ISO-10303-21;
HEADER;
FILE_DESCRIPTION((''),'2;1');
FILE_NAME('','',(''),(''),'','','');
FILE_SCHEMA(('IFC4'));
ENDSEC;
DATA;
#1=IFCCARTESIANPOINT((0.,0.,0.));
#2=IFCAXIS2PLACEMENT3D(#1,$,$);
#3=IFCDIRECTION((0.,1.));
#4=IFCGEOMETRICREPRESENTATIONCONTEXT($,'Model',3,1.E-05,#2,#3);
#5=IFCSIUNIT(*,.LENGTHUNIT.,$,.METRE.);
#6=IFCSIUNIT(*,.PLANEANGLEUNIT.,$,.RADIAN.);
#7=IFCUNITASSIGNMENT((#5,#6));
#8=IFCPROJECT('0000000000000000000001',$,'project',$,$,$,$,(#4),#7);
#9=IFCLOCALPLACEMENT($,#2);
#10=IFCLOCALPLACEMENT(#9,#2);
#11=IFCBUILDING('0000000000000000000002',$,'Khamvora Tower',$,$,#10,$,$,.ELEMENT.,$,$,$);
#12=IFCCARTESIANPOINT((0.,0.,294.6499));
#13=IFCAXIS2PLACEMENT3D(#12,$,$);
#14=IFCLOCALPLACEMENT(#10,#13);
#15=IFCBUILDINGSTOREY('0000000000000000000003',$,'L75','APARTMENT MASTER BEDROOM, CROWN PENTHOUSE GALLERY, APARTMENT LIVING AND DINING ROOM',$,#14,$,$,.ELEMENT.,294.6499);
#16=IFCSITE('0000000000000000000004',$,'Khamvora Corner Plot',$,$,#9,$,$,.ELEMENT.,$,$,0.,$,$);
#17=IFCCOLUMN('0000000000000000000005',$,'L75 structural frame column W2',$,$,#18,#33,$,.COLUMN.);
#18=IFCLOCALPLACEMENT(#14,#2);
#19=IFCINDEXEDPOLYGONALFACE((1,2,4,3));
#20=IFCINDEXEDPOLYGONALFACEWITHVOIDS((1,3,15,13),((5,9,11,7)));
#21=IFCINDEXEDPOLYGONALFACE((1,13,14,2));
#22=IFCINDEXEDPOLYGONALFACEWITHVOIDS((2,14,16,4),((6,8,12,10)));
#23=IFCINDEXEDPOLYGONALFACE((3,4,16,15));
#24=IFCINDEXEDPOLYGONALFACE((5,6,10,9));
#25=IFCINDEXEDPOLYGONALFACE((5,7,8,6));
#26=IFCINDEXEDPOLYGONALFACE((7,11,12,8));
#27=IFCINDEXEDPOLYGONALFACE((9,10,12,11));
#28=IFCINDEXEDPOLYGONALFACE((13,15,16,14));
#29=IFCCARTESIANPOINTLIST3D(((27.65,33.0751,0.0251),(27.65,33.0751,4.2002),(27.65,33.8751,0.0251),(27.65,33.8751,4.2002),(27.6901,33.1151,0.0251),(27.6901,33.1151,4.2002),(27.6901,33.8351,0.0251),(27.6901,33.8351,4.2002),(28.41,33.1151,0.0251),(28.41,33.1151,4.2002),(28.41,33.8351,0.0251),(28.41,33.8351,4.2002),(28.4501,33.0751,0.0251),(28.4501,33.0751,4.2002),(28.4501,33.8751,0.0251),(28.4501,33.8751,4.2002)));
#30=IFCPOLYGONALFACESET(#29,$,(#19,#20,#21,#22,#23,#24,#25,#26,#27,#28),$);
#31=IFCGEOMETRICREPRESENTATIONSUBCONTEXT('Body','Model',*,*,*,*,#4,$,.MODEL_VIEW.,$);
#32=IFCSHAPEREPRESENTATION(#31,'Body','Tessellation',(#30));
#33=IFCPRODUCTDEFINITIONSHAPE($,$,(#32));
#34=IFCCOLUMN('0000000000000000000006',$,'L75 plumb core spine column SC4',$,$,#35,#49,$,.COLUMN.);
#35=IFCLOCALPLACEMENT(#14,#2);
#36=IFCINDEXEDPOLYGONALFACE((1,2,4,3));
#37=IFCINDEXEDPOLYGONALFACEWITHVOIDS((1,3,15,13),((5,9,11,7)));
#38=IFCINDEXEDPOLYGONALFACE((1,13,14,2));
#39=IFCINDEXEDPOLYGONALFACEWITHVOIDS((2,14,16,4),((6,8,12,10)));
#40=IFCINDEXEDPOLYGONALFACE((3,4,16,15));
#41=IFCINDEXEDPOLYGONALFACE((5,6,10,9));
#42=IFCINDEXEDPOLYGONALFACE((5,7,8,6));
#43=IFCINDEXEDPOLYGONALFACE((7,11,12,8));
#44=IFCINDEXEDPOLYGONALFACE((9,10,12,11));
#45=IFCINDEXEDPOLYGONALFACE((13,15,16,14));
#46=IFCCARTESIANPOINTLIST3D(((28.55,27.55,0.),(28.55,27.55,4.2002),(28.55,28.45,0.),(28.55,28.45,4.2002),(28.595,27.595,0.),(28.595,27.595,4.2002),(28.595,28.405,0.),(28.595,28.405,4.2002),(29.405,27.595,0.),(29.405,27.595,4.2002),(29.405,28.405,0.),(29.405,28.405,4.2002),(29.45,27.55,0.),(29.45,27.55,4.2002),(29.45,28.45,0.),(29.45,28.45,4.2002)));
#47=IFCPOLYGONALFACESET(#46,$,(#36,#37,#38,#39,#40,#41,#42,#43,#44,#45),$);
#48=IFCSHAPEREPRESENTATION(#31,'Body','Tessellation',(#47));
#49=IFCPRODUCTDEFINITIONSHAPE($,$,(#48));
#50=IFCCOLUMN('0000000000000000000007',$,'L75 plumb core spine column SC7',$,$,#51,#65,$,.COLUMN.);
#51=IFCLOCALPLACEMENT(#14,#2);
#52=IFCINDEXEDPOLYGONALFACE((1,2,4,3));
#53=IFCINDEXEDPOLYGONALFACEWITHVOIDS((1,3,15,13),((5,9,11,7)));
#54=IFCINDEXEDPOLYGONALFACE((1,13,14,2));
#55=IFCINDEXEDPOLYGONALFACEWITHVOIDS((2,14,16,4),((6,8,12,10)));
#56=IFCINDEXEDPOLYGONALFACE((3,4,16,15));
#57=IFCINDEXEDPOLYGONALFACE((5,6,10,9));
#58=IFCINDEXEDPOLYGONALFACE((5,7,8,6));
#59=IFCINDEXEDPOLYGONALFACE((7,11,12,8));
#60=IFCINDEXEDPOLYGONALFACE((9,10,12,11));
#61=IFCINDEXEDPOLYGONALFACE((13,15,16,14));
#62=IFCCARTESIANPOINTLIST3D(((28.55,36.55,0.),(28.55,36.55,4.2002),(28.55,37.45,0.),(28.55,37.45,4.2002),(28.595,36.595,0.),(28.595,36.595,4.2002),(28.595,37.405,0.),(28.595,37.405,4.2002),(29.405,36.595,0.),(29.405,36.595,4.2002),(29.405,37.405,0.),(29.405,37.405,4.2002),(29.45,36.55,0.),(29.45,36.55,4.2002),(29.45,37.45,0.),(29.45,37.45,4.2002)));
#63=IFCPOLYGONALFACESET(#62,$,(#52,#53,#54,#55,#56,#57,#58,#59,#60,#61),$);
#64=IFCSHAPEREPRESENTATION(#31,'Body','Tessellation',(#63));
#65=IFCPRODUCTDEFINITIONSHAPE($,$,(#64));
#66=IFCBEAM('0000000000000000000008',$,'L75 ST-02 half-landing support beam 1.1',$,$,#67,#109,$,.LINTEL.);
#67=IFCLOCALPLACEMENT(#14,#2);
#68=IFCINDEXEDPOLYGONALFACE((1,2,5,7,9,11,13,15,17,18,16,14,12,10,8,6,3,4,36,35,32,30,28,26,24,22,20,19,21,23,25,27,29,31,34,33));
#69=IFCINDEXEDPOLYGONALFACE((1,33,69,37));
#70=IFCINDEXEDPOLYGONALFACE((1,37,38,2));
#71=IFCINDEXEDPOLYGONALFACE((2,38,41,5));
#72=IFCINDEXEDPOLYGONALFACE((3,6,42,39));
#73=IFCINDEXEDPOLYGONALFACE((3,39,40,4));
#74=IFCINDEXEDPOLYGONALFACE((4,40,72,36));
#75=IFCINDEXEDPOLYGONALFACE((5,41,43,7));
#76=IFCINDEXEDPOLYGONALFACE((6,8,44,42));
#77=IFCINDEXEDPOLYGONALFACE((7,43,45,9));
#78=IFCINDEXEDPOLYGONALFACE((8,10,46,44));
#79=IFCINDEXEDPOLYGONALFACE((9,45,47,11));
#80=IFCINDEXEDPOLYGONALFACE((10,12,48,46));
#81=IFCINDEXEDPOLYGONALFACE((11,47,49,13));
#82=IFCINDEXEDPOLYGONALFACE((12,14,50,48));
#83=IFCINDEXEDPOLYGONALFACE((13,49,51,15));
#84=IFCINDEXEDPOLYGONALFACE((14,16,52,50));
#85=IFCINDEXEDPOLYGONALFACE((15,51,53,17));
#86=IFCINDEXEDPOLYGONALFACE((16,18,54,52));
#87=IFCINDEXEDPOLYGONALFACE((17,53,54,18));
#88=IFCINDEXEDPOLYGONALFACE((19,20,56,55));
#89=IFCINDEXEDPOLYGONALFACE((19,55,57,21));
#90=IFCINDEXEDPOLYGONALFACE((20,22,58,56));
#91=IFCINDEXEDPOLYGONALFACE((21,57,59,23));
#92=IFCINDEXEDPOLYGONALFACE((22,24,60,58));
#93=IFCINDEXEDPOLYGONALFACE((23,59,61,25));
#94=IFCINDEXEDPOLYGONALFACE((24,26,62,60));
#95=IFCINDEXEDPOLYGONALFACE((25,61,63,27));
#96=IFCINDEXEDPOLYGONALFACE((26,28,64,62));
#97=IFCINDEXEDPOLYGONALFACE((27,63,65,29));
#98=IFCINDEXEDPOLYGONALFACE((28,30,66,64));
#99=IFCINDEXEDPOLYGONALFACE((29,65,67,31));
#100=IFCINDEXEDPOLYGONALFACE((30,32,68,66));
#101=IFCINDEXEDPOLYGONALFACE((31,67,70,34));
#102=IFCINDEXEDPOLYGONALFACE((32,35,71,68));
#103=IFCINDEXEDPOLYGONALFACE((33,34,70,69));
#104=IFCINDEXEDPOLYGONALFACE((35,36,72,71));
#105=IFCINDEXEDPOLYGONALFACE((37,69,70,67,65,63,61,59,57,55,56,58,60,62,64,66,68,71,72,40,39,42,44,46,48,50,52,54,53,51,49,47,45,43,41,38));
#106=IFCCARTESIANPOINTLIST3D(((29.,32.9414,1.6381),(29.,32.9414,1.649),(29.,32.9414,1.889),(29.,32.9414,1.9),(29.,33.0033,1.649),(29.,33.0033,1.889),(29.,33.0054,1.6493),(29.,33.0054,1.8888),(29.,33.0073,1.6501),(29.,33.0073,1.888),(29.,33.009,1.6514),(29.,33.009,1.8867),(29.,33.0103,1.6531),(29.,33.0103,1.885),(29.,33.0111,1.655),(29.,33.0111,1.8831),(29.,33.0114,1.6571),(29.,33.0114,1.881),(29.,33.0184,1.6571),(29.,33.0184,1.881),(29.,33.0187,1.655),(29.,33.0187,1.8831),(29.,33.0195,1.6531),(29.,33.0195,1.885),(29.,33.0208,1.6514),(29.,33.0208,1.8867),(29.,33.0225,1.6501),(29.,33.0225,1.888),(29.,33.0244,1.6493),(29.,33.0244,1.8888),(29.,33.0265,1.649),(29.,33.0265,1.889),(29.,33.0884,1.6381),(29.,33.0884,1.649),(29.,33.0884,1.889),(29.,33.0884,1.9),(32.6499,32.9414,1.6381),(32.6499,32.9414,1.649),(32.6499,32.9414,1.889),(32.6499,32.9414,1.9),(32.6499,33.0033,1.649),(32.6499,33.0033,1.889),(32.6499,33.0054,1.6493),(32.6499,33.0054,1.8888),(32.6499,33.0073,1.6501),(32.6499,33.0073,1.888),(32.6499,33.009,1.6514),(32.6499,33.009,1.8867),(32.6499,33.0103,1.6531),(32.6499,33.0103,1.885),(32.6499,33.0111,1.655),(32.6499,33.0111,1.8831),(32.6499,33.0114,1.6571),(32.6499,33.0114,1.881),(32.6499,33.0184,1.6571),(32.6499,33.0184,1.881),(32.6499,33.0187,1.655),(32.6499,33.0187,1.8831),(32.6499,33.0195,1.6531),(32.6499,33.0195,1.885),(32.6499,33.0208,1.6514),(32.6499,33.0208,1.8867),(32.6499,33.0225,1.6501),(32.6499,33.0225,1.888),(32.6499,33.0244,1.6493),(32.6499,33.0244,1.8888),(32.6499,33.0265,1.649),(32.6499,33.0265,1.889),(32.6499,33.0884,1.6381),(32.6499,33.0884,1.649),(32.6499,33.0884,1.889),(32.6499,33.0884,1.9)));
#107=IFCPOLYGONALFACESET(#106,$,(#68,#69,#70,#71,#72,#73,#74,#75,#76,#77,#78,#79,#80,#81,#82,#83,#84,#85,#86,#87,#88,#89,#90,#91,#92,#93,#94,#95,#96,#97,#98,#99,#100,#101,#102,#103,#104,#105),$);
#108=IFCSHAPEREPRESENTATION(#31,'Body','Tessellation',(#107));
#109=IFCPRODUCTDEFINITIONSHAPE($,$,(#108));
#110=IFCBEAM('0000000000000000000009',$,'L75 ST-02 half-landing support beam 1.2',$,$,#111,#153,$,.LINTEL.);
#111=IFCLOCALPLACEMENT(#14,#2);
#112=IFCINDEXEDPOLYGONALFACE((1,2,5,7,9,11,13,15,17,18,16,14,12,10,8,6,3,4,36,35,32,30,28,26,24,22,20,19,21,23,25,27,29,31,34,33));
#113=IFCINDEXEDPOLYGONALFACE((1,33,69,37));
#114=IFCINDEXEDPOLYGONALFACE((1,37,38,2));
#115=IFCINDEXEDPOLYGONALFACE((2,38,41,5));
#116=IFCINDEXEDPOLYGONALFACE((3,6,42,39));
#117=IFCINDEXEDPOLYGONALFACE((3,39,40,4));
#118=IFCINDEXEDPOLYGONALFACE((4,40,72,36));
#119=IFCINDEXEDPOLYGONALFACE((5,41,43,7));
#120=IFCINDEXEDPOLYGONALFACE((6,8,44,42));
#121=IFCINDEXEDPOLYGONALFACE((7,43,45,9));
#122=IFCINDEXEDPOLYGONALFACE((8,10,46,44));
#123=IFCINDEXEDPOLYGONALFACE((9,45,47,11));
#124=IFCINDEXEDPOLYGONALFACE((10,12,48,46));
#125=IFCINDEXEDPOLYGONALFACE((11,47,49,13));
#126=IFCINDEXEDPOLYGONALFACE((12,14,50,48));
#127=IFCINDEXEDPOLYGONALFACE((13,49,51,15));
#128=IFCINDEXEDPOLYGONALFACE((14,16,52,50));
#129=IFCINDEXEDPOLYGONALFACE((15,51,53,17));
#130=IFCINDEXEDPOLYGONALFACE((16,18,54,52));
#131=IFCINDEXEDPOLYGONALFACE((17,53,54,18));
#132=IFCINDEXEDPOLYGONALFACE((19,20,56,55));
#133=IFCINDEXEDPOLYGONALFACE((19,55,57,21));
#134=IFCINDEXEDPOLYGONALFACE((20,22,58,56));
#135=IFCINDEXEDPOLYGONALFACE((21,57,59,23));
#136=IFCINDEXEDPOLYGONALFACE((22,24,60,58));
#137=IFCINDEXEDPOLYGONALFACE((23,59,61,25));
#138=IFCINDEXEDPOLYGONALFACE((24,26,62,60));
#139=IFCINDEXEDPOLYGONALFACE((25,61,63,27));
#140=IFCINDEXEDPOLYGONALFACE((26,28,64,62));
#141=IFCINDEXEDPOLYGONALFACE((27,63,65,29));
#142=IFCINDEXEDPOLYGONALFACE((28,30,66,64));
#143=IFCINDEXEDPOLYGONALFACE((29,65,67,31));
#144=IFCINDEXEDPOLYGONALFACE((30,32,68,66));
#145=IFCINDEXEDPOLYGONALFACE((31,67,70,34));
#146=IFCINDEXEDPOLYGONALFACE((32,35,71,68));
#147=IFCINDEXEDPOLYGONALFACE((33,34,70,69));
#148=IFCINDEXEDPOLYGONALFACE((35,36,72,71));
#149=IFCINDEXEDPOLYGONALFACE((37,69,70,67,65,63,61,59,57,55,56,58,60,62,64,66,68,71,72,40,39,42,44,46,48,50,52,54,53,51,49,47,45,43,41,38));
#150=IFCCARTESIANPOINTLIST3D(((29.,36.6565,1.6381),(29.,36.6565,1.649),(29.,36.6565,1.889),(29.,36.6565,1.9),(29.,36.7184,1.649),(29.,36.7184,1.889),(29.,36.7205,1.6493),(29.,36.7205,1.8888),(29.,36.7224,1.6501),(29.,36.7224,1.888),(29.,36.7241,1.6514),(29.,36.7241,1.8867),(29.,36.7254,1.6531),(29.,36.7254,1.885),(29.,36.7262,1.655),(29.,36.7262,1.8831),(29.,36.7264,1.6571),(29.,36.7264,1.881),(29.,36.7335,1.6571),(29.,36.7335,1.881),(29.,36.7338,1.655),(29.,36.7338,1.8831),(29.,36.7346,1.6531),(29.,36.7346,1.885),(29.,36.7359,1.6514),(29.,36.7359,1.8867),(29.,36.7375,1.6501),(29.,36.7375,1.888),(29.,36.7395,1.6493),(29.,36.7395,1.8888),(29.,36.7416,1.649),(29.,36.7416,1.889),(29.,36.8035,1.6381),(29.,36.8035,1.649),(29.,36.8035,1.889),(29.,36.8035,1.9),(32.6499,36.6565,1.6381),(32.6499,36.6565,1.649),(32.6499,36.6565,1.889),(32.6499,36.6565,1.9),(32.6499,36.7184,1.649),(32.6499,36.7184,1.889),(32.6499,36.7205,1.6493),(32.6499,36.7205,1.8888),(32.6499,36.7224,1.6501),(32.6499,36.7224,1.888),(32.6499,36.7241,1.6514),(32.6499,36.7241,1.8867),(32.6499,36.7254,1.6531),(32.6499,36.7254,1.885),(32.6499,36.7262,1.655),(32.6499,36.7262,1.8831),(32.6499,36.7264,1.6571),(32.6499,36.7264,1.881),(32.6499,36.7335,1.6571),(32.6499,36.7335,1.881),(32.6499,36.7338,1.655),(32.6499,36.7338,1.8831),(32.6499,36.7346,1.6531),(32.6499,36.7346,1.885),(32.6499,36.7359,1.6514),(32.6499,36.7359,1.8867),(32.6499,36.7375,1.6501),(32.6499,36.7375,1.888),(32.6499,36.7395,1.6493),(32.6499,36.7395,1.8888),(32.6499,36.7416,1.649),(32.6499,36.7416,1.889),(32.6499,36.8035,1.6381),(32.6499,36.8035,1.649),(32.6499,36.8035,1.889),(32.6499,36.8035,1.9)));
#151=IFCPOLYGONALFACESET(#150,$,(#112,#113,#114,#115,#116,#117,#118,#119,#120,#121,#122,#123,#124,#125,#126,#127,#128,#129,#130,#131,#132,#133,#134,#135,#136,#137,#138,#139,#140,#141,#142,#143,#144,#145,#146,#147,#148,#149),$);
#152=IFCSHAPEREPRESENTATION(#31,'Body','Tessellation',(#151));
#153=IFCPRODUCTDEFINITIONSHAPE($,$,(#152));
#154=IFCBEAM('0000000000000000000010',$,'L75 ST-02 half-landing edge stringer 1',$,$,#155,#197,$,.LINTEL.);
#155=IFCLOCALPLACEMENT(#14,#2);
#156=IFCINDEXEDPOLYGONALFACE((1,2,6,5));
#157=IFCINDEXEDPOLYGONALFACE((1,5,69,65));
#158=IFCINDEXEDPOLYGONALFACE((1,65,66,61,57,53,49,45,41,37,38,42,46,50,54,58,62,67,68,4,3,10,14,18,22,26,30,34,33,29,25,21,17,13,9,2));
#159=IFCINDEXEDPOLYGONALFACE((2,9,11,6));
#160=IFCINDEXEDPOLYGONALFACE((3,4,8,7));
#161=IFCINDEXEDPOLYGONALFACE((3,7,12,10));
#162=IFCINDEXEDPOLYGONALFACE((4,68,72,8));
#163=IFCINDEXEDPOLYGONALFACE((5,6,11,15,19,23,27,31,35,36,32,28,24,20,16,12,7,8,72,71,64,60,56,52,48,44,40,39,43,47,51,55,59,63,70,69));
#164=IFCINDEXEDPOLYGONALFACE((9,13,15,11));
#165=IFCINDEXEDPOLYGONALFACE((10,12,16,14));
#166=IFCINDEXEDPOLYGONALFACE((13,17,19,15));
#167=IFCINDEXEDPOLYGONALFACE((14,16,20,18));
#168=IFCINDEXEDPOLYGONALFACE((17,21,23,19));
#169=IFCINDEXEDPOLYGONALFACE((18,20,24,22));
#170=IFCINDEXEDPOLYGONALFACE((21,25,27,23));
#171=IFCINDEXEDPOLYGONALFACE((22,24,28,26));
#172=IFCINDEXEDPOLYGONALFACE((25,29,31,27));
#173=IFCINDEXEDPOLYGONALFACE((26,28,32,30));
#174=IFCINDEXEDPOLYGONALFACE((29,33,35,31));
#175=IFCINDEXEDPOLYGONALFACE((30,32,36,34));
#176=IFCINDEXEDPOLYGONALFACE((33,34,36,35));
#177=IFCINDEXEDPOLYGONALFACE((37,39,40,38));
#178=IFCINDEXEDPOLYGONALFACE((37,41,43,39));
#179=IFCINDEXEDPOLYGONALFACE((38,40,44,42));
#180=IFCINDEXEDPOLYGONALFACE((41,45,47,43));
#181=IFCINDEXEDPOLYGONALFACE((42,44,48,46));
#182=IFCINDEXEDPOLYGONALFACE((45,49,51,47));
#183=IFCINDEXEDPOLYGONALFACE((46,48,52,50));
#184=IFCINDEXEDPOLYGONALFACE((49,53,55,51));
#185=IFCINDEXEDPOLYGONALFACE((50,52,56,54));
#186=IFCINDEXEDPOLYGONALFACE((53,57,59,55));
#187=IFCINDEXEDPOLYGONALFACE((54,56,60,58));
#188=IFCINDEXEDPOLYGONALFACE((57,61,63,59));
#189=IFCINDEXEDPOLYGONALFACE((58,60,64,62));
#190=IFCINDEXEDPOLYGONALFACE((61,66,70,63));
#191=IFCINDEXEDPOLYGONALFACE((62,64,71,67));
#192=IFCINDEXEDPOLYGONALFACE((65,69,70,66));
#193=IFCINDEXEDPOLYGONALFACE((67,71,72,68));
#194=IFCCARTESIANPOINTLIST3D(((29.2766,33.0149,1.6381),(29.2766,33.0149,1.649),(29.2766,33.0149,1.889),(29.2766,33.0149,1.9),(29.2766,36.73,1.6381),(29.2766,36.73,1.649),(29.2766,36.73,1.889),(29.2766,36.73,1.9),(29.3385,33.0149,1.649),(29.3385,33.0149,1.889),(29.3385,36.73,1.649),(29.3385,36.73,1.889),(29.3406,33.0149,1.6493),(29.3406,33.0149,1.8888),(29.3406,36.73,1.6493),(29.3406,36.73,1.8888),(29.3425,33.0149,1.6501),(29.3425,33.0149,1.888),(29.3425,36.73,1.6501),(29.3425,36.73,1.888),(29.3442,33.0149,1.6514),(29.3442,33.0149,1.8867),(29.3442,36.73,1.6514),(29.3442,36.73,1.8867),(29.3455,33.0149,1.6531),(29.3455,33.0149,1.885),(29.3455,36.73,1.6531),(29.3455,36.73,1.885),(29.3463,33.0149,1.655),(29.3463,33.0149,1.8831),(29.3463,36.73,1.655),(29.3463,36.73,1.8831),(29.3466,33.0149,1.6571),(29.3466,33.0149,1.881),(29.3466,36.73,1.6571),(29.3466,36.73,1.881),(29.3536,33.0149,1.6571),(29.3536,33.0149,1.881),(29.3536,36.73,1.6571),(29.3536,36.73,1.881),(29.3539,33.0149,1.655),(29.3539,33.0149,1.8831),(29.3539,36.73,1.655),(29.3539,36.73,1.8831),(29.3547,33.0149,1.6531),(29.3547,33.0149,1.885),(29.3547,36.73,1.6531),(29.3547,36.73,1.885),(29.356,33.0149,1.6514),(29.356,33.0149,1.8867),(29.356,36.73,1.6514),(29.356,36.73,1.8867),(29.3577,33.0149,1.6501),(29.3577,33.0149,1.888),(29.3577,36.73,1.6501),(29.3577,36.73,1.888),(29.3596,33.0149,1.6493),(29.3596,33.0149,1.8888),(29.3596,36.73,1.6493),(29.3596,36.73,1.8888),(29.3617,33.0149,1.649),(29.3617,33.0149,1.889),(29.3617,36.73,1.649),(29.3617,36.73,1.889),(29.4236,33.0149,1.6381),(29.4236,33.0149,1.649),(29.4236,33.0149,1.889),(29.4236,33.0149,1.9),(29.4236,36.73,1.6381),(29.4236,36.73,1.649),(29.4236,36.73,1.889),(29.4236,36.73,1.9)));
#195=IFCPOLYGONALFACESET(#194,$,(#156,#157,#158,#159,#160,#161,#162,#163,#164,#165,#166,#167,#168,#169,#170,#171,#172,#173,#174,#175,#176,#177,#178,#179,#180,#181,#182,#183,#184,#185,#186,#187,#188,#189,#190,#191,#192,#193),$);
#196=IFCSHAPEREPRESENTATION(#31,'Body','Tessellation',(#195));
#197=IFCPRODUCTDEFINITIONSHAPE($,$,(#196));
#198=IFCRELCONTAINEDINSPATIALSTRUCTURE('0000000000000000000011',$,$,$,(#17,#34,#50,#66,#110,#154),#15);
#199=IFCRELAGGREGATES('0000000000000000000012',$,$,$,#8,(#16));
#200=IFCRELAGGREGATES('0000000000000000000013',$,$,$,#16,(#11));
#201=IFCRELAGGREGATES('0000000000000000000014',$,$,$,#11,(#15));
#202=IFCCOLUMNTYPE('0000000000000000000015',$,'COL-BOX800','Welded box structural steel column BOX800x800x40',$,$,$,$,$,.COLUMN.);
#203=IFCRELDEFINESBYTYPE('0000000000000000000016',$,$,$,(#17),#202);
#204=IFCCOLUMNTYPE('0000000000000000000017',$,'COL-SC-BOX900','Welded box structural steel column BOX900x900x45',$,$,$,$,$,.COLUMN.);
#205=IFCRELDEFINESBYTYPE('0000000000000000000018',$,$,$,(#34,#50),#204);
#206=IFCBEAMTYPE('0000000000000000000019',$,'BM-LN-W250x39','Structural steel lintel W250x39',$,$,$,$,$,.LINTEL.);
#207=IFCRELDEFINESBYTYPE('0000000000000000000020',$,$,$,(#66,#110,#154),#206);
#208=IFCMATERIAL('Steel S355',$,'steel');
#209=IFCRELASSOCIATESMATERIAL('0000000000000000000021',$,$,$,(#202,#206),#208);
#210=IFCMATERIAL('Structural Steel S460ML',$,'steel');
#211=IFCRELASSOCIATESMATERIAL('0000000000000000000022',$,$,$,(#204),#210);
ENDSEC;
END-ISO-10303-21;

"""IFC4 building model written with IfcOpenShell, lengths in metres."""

from ifc_helpers import new_model, si_unit, direction, frame, origin, origin_2d, place, context, subcontext, project, spatial, hollow_rectangle, i_section, extrude, material, material_profile, profile_set, type_object, element, save


model = new_model("IFC4")

# Units and contexts
model_context = context("Model", 3, precision=1e-05, world=origin(), true_north=direction((0.0, 1.0)))
body_context = subcontext(model_context, "Body", "Model", "MODEL_VIEW")
ifc_project = project(units=[si_unit("LENGTHUNIT", "METRE"), si_unit("PLANEANGLEUNIT", "RADIAN")], contexts=[model_context])

# Site, building, storey
site_placement = place(None, origin())
site = spatial("IfcSite", under=ifc_project, at=site_placement, Name="Khamvora Corner Plot", CompositionType="ELEMENT", RefElevation=0.0)
building_placement = place(site_placement, origin())
building = spatial("IfcBuilding", under=site, at=building_placement, Name="Khamvora Tower", CompositionType="ELEMENT")
storey_placement = place(building_placement, frame((0.0, 0.0, 294.6499)))
storey = spatial("IfcBuildingStorey", under=building, at=storey_placement, Name="L75", Description="APARTMENT MASTER BEDROOM, CROWN PENTHOUSE GALLERY, APARTMENT LIVING AND DINING ROOM", CompositionType="ELEMENT", Elevation=294.6499)

# Columns
ifc_material_1 = material(Name="Steel S355", Category="steel")
ifc_material_profile_1 = material_profile(ifc_material_1, hollow_rectangle(XDim=0.8, YDim=0.8, WallThickness=0.04, at=origin_2d()), Name="BOX800x800x40")
ifc_profile_set_1 = profile_set([ifc_material_profile_1], Name="Steel S355")
column_type_1 = type_object("IfcColumnType", Name="COL-BOX800", Description="Welded box structural steel column BOX800x800x40", PredefinedType="COLUMN", material=ifc_profile_set_1)
column_placement = place(storey_placement, frame((28.05, 33.4751, 0.0251), z_axis=(0.0, 0.0, 1.0), x_axis=(1.0, 0.0, 0.0)))
element("IfcColumn", 1, at=column_placement, inside=storey, type_object=column_type_1, Name="L75 structural frame column W2", PredefinedType="COLUMN", context=body_context, shape_type="SweptSolid", body=[
    extrude(hollow_rectangle(XDim=0.8, YDim=0.8, WallThickness=0.04, at=origin_2d()), origin(), (0.0, 0.0, 1.0), 4.175),
])
ifc_material_2 = material(Name="Structural Steel S460ML", Category="steel")
ifc_material_profile_2 = material_profile(ifc_material_2, hollow_rectangle(XDim=0.8999, YDim=0.8999, WallThickness=0.0449, at=origin_2d()), Name="BOX900x900x45")
ifc_profile_set_2 = profile_set([ifc_material_profile_2], Name="Structural Steel S460ML")
column_type_2 = type_object("IfcColumnType", Name="COL-SC-BOX900", Description="Welded box structural steel column BOX900x900x45", PredefinedType="COLUMN", material=ifc_profile_set_2)
for number, where, z_axis, x_axis, name in (
    (2, (29.0, 28.0, 0.0), (0.0, 0.0, 1.0), (1.0, 0.0, 0.0), "L75 plumb core spine column SC4"),
    (3, (29.0, 37.0, 0.0), (0.0, 0.0, 1.0), (1.0, 0.0, 0.0), "L75 plumb core spine column SC7"),
):
    element("IfcColumn", number, at=place(storey_placement, frame(where, z_axis=z_axis, x_axis=x_axis)), inside=storey, type_object=column_type_2, Name=name, PredefinedType="COLUMN", context=body_context, shape_type="SweptSolid", body=[
        extrude(hollow_rectangle(XDim=0.8999, YDim=0.8999, WallThickness=0.0449, at=origin_2d()), origin(), (0.0, 0.0, 1.0), 4.2002),
    ])

# Beams
ifc_material_profile_3 = material_profile(ifc_material_1, i_section(OverallWidth=0.147, OverallDepth=0.262, WebThickness=0.0071, FlangeThickness=0.011, FilletRadius=0.0081, at=origin_2d()), Name="W250x39")
ifc_profile_set_3 = profile_set([ifc_material_profile_3], Name="Steel S355")
beam_type_1 = type_object("IfcBeamType", Name="BM-LN-W250x39", Description="Structural steel lintel W250x39", PredefinedType="LINTEL", material=ifc_profile_set_3)
for number, where, z_axis, x_axis, name in (
    (4, (29.0, 33.0149, 1.769), (1.0, 0.0, 0.0), (0.0, 1.0, 0.0), "L75 ST-02 half-landing support beam 1.1"),
    (5, (29.0, 36.73, 1.769), (1.0, 0.0, 0.0), (0.0, 1.0, 0.0), "L75 ST-02 half-landing support beam 1.2"),
):
    element("IfcBeam", number, at=place(storey_placement, frame(where, z_axis=z_axis, x_axis=x_axis)), inside=storey, type_object=beam_type_1, Name=name, PredefinedType="LINTEL", context=body_context, shape_type="SweptSolid", body=[
        extrude(i_section(OverallWidth=0.147, OverallDepth=0.262, WebThickness=0.0071, FlangeThickness=0.011, FilletRadius=0.0081, at=origin_2d()), origin(), (0.0, 0.0, 1.0), 3.6499),
    ])
beam_1_placement = place(storey_placement, frame((29.3501, 33.0149, 1.769), z_axis=(0.0, 1.0, 0.0), x_axis=(-1.0, 0.0, 0.0)))
element("IfcBeam", 6, at=beam_1_placement, inside=storey, type_object=beam_type_1, Name="L75 ST-02 half-landing edge stringer 1", PredefinedType="LINTEL", context=body_context, shape_type="SweptSolid", body=[
    extrude(i_section(OverallWidth=0.147, OverallDepth=0.262, WebThickness=0.0071, FlangeThickness=0.011, FilletRadius=0.0081, at=origin_2d()), origin(), (0.0, 0.0, 1.0), 3.7151),
])

save(model, "model.ifc")
